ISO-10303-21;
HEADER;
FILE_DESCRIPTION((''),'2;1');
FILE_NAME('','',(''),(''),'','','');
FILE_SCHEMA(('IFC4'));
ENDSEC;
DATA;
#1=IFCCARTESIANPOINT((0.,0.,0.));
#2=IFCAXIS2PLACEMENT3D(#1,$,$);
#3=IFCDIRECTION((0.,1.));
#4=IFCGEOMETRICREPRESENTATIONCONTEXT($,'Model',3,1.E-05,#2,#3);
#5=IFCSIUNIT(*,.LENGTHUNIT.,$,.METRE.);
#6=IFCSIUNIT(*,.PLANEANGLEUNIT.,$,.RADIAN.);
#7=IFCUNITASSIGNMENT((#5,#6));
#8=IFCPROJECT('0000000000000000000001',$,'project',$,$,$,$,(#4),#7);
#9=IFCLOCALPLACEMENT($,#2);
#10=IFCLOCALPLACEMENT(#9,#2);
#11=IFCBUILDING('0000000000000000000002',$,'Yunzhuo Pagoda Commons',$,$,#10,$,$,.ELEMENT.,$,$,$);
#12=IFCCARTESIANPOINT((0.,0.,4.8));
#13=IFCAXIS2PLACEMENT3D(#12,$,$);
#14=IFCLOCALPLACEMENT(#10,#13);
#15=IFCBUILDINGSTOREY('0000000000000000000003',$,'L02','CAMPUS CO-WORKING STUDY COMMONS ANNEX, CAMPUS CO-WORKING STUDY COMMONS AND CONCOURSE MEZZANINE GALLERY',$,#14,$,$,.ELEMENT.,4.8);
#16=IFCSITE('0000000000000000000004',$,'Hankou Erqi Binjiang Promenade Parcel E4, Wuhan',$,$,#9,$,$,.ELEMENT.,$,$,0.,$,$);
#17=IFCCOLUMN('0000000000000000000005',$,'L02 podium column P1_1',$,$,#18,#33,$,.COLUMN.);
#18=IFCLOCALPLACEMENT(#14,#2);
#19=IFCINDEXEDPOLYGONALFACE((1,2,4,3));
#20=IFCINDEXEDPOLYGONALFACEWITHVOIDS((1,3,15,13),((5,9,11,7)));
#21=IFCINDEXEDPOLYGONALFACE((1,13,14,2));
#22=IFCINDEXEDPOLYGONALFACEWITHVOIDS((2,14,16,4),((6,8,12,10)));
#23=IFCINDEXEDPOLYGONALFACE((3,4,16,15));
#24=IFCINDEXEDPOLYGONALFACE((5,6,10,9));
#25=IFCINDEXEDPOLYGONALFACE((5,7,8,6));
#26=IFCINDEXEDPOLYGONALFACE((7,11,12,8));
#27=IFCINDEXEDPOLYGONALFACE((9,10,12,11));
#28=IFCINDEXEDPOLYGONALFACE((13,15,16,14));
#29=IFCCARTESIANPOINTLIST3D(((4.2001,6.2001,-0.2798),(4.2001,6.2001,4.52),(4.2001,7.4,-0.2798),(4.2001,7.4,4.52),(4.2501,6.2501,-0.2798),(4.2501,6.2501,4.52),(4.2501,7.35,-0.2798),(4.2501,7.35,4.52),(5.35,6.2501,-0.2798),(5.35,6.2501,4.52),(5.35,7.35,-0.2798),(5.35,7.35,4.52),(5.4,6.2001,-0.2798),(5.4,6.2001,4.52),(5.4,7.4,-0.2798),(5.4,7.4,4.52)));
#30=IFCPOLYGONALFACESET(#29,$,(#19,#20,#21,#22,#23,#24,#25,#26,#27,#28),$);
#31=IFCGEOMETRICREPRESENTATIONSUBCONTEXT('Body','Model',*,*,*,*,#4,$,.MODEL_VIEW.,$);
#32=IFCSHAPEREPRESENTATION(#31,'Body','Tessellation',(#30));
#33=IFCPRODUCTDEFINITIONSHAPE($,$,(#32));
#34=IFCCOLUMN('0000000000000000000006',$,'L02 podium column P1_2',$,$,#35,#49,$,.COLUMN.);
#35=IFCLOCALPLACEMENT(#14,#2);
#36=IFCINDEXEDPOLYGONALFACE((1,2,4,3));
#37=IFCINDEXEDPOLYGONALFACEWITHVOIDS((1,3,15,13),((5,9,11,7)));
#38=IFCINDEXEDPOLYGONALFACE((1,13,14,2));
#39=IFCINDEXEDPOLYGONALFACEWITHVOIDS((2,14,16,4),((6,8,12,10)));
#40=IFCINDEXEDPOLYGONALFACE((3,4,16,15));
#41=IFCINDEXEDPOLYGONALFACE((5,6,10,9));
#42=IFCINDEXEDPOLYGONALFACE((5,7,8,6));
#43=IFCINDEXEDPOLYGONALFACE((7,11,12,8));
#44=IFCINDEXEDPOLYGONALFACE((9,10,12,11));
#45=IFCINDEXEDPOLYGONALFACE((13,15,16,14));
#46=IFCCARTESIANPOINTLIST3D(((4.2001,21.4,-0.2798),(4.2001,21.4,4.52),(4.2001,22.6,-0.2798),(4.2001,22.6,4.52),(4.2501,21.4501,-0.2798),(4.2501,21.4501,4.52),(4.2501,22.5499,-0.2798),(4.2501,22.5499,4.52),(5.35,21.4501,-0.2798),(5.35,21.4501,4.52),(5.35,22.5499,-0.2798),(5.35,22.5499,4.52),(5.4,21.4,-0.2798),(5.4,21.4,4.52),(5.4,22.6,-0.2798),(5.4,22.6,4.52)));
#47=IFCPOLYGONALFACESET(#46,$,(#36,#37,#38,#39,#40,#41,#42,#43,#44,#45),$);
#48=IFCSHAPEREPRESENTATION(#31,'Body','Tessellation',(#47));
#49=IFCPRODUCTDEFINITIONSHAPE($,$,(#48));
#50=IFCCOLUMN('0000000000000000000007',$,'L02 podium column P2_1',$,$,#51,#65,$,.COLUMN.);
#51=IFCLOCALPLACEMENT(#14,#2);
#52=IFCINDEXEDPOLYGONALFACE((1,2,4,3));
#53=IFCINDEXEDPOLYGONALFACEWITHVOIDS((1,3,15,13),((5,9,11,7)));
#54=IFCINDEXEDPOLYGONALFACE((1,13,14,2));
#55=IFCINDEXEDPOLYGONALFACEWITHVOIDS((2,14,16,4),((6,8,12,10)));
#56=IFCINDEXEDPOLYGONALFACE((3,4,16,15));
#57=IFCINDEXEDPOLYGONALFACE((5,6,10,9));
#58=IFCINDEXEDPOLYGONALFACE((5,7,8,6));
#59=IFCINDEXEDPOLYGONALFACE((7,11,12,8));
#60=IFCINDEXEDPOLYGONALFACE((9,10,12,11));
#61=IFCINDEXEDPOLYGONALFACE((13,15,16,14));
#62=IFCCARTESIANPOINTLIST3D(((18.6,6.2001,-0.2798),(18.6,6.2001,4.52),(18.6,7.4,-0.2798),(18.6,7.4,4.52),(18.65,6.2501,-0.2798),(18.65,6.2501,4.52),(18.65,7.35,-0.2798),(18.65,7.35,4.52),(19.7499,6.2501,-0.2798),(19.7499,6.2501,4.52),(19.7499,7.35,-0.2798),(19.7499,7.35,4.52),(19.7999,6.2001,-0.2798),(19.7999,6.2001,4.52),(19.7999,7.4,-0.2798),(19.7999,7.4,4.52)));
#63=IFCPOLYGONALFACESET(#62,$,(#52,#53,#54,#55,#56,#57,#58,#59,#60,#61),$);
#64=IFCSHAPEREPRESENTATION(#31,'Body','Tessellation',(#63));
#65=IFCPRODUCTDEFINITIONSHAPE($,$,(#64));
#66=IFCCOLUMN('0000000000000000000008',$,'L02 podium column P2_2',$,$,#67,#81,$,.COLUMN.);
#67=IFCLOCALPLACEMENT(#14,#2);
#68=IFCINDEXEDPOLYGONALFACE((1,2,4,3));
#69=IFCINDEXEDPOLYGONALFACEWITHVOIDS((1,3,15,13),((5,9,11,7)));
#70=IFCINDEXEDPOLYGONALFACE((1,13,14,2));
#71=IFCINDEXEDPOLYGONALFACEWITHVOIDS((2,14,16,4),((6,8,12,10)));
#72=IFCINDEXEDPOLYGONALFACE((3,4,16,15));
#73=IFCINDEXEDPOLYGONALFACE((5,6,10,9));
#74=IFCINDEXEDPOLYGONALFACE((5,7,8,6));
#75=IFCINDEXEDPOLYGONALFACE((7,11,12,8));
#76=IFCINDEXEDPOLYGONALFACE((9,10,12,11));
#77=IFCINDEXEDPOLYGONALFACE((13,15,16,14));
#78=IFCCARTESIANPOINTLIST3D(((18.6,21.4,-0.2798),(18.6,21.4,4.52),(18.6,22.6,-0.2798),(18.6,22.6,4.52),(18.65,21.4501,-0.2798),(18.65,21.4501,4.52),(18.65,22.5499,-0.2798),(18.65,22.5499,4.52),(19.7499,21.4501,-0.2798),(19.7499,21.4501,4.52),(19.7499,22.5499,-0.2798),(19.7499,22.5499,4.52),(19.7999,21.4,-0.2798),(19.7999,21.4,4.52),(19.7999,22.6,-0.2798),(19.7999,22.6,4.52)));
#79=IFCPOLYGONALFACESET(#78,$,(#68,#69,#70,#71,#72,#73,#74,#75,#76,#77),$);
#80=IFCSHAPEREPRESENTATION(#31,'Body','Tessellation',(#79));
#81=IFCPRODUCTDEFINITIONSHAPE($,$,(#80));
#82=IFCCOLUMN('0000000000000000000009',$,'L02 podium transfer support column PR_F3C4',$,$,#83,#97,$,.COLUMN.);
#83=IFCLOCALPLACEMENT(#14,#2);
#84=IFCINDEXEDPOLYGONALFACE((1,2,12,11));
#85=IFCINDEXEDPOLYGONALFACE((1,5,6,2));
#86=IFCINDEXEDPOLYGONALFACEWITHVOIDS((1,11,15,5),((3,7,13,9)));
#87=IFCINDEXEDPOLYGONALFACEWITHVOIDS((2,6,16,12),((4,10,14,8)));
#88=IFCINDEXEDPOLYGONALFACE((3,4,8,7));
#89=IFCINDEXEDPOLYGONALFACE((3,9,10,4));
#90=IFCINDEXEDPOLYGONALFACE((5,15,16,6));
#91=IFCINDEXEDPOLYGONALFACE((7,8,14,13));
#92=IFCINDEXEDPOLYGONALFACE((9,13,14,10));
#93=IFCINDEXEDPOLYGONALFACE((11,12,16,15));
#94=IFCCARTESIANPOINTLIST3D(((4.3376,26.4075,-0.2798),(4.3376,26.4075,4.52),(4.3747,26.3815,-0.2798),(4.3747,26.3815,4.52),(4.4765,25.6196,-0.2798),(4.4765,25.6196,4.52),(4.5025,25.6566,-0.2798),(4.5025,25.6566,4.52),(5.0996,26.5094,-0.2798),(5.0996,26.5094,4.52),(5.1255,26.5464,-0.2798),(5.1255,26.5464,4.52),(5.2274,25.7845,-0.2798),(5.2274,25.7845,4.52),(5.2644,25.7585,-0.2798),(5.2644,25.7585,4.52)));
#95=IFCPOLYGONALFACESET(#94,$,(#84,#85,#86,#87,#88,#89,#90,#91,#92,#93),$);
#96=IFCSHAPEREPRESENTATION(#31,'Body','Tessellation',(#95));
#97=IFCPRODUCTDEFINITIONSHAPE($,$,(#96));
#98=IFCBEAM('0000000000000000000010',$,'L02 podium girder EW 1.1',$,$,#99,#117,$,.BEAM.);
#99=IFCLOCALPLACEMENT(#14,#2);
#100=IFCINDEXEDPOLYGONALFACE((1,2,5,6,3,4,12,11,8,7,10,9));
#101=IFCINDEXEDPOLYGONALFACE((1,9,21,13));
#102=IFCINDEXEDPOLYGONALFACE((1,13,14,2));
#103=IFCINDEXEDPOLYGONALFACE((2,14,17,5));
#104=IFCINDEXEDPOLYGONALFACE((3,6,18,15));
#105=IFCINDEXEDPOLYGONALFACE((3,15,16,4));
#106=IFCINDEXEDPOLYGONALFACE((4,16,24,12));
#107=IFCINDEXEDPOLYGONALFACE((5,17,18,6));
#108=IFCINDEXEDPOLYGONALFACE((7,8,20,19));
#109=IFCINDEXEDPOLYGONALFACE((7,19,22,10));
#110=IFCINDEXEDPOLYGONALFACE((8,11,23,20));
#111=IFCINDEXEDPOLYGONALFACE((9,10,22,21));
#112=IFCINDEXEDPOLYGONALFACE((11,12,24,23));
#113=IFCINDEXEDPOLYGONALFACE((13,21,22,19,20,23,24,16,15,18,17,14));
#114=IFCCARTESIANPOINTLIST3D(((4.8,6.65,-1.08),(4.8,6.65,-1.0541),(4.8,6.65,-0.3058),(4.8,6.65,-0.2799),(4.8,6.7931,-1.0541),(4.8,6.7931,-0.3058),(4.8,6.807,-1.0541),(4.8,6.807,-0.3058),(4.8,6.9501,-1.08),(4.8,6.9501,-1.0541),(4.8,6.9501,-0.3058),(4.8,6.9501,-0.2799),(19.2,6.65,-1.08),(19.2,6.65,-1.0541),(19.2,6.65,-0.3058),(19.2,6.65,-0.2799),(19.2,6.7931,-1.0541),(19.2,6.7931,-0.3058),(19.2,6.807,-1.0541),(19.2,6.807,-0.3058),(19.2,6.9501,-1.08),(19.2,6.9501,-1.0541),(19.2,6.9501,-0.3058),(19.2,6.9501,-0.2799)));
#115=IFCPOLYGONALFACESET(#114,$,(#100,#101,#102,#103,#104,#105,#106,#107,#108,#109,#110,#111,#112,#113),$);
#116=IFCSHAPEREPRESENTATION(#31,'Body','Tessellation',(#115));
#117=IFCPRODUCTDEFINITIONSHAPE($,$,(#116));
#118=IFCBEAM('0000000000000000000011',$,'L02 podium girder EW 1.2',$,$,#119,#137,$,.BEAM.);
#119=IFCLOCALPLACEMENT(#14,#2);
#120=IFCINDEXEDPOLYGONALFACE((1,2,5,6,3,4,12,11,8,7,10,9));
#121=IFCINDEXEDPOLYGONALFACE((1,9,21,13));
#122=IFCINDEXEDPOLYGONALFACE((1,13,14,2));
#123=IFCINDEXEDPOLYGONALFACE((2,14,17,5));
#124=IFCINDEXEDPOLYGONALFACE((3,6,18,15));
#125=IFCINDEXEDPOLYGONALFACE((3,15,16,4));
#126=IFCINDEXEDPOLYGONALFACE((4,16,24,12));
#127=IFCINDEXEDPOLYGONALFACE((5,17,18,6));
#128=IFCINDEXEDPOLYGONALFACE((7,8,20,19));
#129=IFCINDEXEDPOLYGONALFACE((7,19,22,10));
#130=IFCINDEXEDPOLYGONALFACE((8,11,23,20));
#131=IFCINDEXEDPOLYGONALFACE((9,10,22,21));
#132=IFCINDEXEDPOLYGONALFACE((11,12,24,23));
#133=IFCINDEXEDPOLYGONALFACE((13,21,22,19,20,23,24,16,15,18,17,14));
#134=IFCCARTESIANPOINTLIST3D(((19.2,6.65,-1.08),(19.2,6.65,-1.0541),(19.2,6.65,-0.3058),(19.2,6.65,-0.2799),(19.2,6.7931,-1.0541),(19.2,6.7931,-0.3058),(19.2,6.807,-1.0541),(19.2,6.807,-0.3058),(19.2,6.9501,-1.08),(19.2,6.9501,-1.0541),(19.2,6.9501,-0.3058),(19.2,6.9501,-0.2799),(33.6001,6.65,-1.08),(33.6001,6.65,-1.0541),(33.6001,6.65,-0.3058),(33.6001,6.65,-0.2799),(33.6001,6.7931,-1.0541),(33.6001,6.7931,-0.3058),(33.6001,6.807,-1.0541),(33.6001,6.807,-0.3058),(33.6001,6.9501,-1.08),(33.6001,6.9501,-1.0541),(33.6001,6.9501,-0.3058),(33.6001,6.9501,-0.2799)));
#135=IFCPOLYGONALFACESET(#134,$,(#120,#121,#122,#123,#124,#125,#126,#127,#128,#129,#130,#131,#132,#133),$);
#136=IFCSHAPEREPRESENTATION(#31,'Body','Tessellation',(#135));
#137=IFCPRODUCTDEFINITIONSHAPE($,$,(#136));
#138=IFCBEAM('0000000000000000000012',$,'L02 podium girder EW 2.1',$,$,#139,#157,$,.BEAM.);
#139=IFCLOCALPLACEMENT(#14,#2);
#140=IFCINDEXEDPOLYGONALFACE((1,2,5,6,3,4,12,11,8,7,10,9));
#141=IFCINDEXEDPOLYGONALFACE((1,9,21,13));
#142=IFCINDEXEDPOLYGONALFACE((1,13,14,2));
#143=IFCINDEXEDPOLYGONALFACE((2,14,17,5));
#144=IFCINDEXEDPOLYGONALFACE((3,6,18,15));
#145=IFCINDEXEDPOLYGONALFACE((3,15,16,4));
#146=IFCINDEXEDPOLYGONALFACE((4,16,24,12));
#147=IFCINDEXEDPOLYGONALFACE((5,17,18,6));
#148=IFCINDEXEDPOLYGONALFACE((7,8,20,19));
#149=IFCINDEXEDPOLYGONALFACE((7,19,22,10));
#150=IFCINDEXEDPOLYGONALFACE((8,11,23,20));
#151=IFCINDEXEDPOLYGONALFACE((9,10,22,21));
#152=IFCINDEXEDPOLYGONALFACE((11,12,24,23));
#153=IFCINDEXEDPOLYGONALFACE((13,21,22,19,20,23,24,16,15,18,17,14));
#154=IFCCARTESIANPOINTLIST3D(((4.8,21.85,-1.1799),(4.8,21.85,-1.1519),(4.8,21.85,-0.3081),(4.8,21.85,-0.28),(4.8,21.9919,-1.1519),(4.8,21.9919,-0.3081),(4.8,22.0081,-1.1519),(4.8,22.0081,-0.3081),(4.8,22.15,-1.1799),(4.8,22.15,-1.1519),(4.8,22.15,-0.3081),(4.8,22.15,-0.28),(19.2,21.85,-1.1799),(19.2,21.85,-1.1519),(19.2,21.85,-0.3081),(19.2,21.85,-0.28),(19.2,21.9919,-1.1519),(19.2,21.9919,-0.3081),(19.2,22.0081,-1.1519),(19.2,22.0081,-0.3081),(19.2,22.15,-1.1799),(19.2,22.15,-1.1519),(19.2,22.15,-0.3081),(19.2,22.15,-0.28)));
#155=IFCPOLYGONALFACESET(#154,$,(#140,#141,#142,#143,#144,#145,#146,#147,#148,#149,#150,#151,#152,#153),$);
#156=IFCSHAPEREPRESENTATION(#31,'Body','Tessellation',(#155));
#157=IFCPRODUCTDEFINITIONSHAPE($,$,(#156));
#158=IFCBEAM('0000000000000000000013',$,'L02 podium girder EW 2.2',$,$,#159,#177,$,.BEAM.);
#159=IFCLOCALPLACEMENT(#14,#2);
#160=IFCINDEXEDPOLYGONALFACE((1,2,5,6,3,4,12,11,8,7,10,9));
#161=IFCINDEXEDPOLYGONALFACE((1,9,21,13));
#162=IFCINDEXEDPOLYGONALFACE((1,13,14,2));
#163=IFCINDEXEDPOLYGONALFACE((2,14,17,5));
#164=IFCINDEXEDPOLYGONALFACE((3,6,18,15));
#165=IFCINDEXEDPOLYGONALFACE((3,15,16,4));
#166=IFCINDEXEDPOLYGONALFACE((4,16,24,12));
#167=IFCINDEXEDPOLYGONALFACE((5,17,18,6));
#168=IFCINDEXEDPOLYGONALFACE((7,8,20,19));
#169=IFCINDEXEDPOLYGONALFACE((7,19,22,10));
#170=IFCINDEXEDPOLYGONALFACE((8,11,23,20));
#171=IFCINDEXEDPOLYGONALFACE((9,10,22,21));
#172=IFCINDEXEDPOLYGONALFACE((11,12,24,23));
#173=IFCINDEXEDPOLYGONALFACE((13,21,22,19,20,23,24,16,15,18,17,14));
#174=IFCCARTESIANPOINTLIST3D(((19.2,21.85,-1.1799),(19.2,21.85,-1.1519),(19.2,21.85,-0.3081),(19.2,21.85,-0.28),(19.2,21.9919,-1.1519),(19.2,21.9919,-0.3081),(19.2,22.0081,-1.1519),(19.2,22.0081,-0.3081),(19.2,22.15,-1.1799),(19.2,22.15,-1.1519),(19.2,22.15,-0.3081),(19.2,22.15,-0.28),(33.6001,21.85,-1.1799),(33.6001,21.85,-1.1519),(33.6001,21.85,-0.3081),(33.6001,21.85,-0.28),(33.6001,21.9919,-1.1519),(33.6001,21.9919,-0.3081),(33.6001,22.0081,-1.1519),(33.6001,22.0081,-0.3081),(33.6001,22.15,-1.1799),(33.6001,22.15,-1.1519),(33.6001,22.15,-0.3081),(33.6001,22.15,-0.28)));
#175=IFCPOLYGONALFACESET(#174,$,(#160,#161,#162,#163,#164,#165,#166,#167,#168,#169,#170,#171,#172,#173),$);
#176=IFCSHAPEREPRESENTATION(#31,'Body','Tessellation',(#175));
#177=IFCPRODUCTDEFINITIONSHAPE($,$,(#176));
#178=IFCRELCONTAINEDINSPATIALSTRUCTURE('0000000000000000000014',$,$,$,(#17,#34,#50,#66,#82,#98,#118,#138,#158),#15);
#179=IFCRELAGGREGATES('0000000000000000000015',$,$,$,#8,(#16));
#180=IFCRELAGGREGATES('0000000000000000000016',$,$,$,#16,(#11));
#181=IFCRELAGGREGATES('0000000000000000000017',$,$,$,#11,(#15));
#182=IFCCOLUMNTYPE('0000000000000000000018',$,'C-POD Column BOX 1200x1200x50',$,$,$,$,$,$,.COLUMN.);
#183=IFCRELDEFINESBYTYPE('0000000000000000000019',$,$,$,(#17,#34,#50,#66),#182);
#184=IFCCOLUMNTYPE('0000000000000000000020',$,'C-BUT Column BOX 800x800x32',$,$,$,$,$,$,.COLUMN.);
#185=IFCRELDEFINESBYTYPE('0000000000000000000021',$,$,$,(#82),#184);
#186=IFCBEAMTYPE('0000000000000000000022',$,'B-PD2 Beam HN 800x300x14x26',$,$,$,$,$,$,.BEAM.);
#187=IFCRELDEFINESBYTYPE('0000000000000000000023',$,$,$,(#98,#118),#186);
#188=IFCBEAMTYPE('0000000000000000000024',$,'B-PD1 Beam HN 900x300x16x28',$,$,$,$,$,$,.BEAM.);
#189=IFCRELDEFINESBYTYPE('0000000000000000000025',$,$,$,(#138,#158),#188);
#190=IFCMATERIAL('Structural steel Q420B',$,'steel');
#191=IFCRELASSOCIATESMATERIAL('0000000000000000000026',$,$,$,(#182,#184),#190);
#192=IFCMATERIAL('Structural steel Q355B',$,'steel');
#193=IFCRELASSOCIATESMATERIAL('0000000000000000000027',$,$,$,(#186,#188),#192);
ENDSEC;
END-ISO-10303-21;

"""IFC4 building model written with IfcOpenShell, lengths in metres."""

from ifc_helpers import new_model, si_unit, direction, frame, origin, origin_2d, place, context, subcontext, project, spatial, hollow_rectangle, i_section, extrude, source, transform, mapped, material, material_profile, profile_set, type_object, element, save


model = new_model("IFC4")

# Units and contexts
model_context = context("Model", 3, precision=1e-05, world=origin(), true_north=direction((0.0, 1.0)))
body_context = subcontext(model_context, "Body", "Model", "MODEL_VIEW")
ifc_project = project(units=[si_unit("LENGTHUNIT", "METRE"), si_unit("PLANEANGLEUNIT", "RADIAN")], contexts=[model_context])

# Site, building, storey
site_placement = place(None, origin())
site = spatial("IfcSite", under=ifc_project, at=site_placement, Name="Hankou Erqi Binjiang Promenade Parcel E4, Wuhan", CompositionType="ELEMENT", RefElevation=0.0)
building_placement = place(site_placement, origin())
building = spatial("IfcBuilding", under=site, at=building_placement, Name="Yunzhuo Pagoda Commons", CompositionType="ELEMENT")
storey_placement = place(building_placement, frame((0.0, 0.0, 4.8)))
storey = spatial("IfcBuildingStorey", under=building, at=storey_placement, Name="L02", Description="CAMPUS CO-WORKING STUDY COMMONS ANNEX, CAMPUS CO-WORKING STUDY COMMONS AND CONCOURSE MEZZANINE GALLERY", CompositionType="ELEMENT", Elevation=4.8)

# Columns
ifc_material_1 = material(Name="Structural steel Q420B", Category="steel")
ifc_material_profile_1 = material_profile(ifc_material_1, hollow_rectangle(XDim=1.2, YDim=1.2, WallThickness=0.05, at=origin_2d()), Name="Structural steel Q420B")
ifc_profile_set_1 = profile_set([ifc_material_profile_1], Name="Structural steel Q420B")
column_type_1 = type_object("IfcColumnType", Name="C-POD Column BOX 1200x1200x50", PredefinedType="COLUMN", material=ifc_profile_set_1)
shared_shape_1 = source(origin(), body_context, "Body", "SweptSolid", [
    extrude(hollow_rectangle(XDim=1.2, YDim=1.2, WallThickness=0.05, at=origin_2d()), origin(), (0.0, 0.0, 1.0), 4.7998),
])
for number, where, z_axis, x_axis, name in (
    (1, (4.8, 6.8, -0.2798), (0.0, 0.0, 1.0), (1.0, 0.0, 0.0), "L02 podium column P1_1"),
    (2, (4.8, 22.0, -0.2798), (0.0, 0.0, 1.0), (1.0, 0.0, 0.0), "L02 podium column P1_2"),
    (3, (19.2, 6.8, -0.2798), (0.0, 0.0, 1.0), (1.0, 0.0, 0.0), "L02 podium column P2_1"),
    (4, (19.2, 22.0, -0.2798), (0.0, 0.0, 1.0), (1.0, 0.0, 0.0), "L02 podium column P2_2"),
):
    element("IfcColumn", number, at=place(storey_placement, frame(where, z_axis=z_axis, x_axis=x_axis)), inside=storey, type_object=column_type_1, Name=name, PredefinedType="COLUMN", context=body_context, shape_type="MappedRepresentation", body=[
        mapped(shared_shape_1, transform((0.0, 0.0, 0.0), scale=1.0)),
    ])
ifc_material_profile_2 = material_profile(ifc_material_1, hollow_rectangle(XDim=0.8, YDim=0.8, WallThickness=0.032, at=origin_2d()), Name="Structural steel Q420B")
ifc_profile_set_2 = profile_set([ifc_material_profile_2], Name="Structural steel Q420B")
column_type_2 = type_object("IfcColumnType", Name="C-BUT Column BOX 800x800x32", PredefinedType="COLUMN", material=ifc_profile_set_2)
shared_shape_2 = source(origin(), body_context, "Body", "SweptSolid", [
    extrude(hollow_rectangle(XDim=0.8, YDim=0.8, WallThickness=0.032, at=origin_2d()), origin(), (0.0, 0.0, 1.0), 4.7998),
])
column_placement = place(storey_placement, frame((4.801, 26.083, -0.2798), z_axis=(0.0, 0.0, 1.0), x_axis=(0.173648, -0.984808, 0.0)))
element("IfcColumn", 5, at=column_placement, inside=storey, type_object=column_type_2, Name="L02 podium transfer support column PR_F3C4", PredefinedType="COLUMN", context=body_context, shape_type="MappedRepresentation", body=[
    mapped(shared_shape_2, transform((0.0, 0.0, 0.0), scale=1.0)),
])

# Beams
ifc_material_2 = material(Name="Structural steel Q355B", Category="steel")
ifc_material_profile_3 = material_profile(ifc_material_2, i_section(OverallWidth=0.3, OverallDepth=0.8, WebThickness=0.0139, FlangeThickness=0.0259, at=origin_2d()), Name="Structural steel Q355B")
ifc_profile_set_3 = profile_set([ifc_material_profile_3], Name="Structural steel Q355B")
beam_type_1 = type_object("IfcBeamType", Name="B-PD2 Beam HN 800x300x14x26", PredefinedType="BEAM", material=ifc_profile_set_3)
shared_shape_3 = source(origin(), body_context, "Body", "SweptSolid", [
    extrude(i_section(OverallWidth=0.3, OverallDepth=0.8, WebThickness=0.0139, FlangeThickness=0.0259, at=origin_2d()), origin(), (0.0, 0.0, 1.0), 14.3999),
])
beam_1_placement = place(storey_placement, frame((4.8, 6.8, -0.6799), z_axis=(1.0, 0.0, 0.0), x_axis=(0.0, 1.0, 0.0)))
element("IfcBeam", 6, at=beam_1_placement, inside=storey, type_object=beam_type_1, Name="L02 podium girder EW 1.1", PredefinedType="BEAM", context=body_context, shape_type="MappedRepresentation", body=[
    mapped(shared_shape_3, transform((0.0, 0.0, 0.0), scale=1.0)),
])
shared_shape_4 = source(origin(), body_context, "Body", "SweptSolid", [
    extrude(i_section(OverallWidth=0.3, OverallDepth=0.8, WebThickness=0.0139, FlangeThickness=0.0259, at=origin_2d()), origin(), (0.0, 0.0, 1.0), 14.4001),
])
beam_2_placement = place(storey_placement, frame((19.2, 6.8, -0.6799), z_axis=(1.0, 0.0, 0.0), x_axis=(0.0, 1.0, 0.0)))
element("IfcBeam", 7, at=beam_2_placement, inside=storey, type_object=beam_type_1, Name="L02 podium girder EW 1.2", PredefinedType="BEAM", context=body_context, shape_type="MappedRepresentation", body=[
    mapped(shared_shape_4, transform((0.0, 0.0, 0.0), scale=1.0)),
])
ifc_material_profile_4 = material_profile(ifc_material_2, i_section(OverallWidth=0.3, OverallDepth=0.8999, WebThickness=0.0161, FlangeThickness=0.0281, at=origin_2d()), Name="Structural steel Q355B")
ifc_profile_set_4 = profile_set([ifc_material_profile_4], Name="Structural steel Q355B")
beam_type_2 = type_object("IfcBeamType", Name="B-PD1 Beam HN 900x300x16x28", PredefinedType="BEAM", material=ifc_profile_set_4)
shared_shape_5 = source(origin(), body_context, "Body", "SweptSolid", [
    extrude(i_section(OverallWidth=0.3, OverallDepth=0.8999, WebThickness=0.0161, FlangeThickness=0.0281, at=origin_2d()), origin(), (0.0, 0.0, 1.0), 14.3999),
])
beam_3_placement = place(storey_placement, frame((4.8, 22.0, -0.73), z_axis=(1.0, 0.0, 0.0), x_axis=(0.0, 1.0, 0.0)))
element("IfcBeam", 8, at=beam_3_placement, inside=storey, type_object=beam_type_2, Name="L02 podium girder EW 2.1", PredefinedType="BEAM", context=body_context, shape_type="MappedRepresentation", body=[
    mapped(shared_shape_5, transform((0.0, 0.0, 0.0), scale=1.0)),
])
shared_shape_6 = source(origin(), body_context, "Body", "SweptSolid", [
    extrude(i_section(OverallWidth=0.3, OverallDepth=0.8999, WebThickness=0.0161, FlangeThickness=0.0281, at=origin_2d()), origin(), (0.0, 0.0, 1.0), 14.4001),
])
beam_4_placement = place(storey_placement, frame((19.2, 22.0, -0.73), z_axis=(1.0, 0.0, 0.0), x_axis=(0.0, 1.0, 0.0)))
element("IfcBeam", 9, at=beam_4_placement, inside=storey, type_object=beam_type_2, Name="L02 podium girder EW 2.2", PredefinedType="BEAM", context=body_context, shape_type="MappedRepresentation", body=[
    mapped(shared_shape_6, transform((0.0, 0.0, 0.0), scale=1.0)),
])

save(model, "model.ifc")
